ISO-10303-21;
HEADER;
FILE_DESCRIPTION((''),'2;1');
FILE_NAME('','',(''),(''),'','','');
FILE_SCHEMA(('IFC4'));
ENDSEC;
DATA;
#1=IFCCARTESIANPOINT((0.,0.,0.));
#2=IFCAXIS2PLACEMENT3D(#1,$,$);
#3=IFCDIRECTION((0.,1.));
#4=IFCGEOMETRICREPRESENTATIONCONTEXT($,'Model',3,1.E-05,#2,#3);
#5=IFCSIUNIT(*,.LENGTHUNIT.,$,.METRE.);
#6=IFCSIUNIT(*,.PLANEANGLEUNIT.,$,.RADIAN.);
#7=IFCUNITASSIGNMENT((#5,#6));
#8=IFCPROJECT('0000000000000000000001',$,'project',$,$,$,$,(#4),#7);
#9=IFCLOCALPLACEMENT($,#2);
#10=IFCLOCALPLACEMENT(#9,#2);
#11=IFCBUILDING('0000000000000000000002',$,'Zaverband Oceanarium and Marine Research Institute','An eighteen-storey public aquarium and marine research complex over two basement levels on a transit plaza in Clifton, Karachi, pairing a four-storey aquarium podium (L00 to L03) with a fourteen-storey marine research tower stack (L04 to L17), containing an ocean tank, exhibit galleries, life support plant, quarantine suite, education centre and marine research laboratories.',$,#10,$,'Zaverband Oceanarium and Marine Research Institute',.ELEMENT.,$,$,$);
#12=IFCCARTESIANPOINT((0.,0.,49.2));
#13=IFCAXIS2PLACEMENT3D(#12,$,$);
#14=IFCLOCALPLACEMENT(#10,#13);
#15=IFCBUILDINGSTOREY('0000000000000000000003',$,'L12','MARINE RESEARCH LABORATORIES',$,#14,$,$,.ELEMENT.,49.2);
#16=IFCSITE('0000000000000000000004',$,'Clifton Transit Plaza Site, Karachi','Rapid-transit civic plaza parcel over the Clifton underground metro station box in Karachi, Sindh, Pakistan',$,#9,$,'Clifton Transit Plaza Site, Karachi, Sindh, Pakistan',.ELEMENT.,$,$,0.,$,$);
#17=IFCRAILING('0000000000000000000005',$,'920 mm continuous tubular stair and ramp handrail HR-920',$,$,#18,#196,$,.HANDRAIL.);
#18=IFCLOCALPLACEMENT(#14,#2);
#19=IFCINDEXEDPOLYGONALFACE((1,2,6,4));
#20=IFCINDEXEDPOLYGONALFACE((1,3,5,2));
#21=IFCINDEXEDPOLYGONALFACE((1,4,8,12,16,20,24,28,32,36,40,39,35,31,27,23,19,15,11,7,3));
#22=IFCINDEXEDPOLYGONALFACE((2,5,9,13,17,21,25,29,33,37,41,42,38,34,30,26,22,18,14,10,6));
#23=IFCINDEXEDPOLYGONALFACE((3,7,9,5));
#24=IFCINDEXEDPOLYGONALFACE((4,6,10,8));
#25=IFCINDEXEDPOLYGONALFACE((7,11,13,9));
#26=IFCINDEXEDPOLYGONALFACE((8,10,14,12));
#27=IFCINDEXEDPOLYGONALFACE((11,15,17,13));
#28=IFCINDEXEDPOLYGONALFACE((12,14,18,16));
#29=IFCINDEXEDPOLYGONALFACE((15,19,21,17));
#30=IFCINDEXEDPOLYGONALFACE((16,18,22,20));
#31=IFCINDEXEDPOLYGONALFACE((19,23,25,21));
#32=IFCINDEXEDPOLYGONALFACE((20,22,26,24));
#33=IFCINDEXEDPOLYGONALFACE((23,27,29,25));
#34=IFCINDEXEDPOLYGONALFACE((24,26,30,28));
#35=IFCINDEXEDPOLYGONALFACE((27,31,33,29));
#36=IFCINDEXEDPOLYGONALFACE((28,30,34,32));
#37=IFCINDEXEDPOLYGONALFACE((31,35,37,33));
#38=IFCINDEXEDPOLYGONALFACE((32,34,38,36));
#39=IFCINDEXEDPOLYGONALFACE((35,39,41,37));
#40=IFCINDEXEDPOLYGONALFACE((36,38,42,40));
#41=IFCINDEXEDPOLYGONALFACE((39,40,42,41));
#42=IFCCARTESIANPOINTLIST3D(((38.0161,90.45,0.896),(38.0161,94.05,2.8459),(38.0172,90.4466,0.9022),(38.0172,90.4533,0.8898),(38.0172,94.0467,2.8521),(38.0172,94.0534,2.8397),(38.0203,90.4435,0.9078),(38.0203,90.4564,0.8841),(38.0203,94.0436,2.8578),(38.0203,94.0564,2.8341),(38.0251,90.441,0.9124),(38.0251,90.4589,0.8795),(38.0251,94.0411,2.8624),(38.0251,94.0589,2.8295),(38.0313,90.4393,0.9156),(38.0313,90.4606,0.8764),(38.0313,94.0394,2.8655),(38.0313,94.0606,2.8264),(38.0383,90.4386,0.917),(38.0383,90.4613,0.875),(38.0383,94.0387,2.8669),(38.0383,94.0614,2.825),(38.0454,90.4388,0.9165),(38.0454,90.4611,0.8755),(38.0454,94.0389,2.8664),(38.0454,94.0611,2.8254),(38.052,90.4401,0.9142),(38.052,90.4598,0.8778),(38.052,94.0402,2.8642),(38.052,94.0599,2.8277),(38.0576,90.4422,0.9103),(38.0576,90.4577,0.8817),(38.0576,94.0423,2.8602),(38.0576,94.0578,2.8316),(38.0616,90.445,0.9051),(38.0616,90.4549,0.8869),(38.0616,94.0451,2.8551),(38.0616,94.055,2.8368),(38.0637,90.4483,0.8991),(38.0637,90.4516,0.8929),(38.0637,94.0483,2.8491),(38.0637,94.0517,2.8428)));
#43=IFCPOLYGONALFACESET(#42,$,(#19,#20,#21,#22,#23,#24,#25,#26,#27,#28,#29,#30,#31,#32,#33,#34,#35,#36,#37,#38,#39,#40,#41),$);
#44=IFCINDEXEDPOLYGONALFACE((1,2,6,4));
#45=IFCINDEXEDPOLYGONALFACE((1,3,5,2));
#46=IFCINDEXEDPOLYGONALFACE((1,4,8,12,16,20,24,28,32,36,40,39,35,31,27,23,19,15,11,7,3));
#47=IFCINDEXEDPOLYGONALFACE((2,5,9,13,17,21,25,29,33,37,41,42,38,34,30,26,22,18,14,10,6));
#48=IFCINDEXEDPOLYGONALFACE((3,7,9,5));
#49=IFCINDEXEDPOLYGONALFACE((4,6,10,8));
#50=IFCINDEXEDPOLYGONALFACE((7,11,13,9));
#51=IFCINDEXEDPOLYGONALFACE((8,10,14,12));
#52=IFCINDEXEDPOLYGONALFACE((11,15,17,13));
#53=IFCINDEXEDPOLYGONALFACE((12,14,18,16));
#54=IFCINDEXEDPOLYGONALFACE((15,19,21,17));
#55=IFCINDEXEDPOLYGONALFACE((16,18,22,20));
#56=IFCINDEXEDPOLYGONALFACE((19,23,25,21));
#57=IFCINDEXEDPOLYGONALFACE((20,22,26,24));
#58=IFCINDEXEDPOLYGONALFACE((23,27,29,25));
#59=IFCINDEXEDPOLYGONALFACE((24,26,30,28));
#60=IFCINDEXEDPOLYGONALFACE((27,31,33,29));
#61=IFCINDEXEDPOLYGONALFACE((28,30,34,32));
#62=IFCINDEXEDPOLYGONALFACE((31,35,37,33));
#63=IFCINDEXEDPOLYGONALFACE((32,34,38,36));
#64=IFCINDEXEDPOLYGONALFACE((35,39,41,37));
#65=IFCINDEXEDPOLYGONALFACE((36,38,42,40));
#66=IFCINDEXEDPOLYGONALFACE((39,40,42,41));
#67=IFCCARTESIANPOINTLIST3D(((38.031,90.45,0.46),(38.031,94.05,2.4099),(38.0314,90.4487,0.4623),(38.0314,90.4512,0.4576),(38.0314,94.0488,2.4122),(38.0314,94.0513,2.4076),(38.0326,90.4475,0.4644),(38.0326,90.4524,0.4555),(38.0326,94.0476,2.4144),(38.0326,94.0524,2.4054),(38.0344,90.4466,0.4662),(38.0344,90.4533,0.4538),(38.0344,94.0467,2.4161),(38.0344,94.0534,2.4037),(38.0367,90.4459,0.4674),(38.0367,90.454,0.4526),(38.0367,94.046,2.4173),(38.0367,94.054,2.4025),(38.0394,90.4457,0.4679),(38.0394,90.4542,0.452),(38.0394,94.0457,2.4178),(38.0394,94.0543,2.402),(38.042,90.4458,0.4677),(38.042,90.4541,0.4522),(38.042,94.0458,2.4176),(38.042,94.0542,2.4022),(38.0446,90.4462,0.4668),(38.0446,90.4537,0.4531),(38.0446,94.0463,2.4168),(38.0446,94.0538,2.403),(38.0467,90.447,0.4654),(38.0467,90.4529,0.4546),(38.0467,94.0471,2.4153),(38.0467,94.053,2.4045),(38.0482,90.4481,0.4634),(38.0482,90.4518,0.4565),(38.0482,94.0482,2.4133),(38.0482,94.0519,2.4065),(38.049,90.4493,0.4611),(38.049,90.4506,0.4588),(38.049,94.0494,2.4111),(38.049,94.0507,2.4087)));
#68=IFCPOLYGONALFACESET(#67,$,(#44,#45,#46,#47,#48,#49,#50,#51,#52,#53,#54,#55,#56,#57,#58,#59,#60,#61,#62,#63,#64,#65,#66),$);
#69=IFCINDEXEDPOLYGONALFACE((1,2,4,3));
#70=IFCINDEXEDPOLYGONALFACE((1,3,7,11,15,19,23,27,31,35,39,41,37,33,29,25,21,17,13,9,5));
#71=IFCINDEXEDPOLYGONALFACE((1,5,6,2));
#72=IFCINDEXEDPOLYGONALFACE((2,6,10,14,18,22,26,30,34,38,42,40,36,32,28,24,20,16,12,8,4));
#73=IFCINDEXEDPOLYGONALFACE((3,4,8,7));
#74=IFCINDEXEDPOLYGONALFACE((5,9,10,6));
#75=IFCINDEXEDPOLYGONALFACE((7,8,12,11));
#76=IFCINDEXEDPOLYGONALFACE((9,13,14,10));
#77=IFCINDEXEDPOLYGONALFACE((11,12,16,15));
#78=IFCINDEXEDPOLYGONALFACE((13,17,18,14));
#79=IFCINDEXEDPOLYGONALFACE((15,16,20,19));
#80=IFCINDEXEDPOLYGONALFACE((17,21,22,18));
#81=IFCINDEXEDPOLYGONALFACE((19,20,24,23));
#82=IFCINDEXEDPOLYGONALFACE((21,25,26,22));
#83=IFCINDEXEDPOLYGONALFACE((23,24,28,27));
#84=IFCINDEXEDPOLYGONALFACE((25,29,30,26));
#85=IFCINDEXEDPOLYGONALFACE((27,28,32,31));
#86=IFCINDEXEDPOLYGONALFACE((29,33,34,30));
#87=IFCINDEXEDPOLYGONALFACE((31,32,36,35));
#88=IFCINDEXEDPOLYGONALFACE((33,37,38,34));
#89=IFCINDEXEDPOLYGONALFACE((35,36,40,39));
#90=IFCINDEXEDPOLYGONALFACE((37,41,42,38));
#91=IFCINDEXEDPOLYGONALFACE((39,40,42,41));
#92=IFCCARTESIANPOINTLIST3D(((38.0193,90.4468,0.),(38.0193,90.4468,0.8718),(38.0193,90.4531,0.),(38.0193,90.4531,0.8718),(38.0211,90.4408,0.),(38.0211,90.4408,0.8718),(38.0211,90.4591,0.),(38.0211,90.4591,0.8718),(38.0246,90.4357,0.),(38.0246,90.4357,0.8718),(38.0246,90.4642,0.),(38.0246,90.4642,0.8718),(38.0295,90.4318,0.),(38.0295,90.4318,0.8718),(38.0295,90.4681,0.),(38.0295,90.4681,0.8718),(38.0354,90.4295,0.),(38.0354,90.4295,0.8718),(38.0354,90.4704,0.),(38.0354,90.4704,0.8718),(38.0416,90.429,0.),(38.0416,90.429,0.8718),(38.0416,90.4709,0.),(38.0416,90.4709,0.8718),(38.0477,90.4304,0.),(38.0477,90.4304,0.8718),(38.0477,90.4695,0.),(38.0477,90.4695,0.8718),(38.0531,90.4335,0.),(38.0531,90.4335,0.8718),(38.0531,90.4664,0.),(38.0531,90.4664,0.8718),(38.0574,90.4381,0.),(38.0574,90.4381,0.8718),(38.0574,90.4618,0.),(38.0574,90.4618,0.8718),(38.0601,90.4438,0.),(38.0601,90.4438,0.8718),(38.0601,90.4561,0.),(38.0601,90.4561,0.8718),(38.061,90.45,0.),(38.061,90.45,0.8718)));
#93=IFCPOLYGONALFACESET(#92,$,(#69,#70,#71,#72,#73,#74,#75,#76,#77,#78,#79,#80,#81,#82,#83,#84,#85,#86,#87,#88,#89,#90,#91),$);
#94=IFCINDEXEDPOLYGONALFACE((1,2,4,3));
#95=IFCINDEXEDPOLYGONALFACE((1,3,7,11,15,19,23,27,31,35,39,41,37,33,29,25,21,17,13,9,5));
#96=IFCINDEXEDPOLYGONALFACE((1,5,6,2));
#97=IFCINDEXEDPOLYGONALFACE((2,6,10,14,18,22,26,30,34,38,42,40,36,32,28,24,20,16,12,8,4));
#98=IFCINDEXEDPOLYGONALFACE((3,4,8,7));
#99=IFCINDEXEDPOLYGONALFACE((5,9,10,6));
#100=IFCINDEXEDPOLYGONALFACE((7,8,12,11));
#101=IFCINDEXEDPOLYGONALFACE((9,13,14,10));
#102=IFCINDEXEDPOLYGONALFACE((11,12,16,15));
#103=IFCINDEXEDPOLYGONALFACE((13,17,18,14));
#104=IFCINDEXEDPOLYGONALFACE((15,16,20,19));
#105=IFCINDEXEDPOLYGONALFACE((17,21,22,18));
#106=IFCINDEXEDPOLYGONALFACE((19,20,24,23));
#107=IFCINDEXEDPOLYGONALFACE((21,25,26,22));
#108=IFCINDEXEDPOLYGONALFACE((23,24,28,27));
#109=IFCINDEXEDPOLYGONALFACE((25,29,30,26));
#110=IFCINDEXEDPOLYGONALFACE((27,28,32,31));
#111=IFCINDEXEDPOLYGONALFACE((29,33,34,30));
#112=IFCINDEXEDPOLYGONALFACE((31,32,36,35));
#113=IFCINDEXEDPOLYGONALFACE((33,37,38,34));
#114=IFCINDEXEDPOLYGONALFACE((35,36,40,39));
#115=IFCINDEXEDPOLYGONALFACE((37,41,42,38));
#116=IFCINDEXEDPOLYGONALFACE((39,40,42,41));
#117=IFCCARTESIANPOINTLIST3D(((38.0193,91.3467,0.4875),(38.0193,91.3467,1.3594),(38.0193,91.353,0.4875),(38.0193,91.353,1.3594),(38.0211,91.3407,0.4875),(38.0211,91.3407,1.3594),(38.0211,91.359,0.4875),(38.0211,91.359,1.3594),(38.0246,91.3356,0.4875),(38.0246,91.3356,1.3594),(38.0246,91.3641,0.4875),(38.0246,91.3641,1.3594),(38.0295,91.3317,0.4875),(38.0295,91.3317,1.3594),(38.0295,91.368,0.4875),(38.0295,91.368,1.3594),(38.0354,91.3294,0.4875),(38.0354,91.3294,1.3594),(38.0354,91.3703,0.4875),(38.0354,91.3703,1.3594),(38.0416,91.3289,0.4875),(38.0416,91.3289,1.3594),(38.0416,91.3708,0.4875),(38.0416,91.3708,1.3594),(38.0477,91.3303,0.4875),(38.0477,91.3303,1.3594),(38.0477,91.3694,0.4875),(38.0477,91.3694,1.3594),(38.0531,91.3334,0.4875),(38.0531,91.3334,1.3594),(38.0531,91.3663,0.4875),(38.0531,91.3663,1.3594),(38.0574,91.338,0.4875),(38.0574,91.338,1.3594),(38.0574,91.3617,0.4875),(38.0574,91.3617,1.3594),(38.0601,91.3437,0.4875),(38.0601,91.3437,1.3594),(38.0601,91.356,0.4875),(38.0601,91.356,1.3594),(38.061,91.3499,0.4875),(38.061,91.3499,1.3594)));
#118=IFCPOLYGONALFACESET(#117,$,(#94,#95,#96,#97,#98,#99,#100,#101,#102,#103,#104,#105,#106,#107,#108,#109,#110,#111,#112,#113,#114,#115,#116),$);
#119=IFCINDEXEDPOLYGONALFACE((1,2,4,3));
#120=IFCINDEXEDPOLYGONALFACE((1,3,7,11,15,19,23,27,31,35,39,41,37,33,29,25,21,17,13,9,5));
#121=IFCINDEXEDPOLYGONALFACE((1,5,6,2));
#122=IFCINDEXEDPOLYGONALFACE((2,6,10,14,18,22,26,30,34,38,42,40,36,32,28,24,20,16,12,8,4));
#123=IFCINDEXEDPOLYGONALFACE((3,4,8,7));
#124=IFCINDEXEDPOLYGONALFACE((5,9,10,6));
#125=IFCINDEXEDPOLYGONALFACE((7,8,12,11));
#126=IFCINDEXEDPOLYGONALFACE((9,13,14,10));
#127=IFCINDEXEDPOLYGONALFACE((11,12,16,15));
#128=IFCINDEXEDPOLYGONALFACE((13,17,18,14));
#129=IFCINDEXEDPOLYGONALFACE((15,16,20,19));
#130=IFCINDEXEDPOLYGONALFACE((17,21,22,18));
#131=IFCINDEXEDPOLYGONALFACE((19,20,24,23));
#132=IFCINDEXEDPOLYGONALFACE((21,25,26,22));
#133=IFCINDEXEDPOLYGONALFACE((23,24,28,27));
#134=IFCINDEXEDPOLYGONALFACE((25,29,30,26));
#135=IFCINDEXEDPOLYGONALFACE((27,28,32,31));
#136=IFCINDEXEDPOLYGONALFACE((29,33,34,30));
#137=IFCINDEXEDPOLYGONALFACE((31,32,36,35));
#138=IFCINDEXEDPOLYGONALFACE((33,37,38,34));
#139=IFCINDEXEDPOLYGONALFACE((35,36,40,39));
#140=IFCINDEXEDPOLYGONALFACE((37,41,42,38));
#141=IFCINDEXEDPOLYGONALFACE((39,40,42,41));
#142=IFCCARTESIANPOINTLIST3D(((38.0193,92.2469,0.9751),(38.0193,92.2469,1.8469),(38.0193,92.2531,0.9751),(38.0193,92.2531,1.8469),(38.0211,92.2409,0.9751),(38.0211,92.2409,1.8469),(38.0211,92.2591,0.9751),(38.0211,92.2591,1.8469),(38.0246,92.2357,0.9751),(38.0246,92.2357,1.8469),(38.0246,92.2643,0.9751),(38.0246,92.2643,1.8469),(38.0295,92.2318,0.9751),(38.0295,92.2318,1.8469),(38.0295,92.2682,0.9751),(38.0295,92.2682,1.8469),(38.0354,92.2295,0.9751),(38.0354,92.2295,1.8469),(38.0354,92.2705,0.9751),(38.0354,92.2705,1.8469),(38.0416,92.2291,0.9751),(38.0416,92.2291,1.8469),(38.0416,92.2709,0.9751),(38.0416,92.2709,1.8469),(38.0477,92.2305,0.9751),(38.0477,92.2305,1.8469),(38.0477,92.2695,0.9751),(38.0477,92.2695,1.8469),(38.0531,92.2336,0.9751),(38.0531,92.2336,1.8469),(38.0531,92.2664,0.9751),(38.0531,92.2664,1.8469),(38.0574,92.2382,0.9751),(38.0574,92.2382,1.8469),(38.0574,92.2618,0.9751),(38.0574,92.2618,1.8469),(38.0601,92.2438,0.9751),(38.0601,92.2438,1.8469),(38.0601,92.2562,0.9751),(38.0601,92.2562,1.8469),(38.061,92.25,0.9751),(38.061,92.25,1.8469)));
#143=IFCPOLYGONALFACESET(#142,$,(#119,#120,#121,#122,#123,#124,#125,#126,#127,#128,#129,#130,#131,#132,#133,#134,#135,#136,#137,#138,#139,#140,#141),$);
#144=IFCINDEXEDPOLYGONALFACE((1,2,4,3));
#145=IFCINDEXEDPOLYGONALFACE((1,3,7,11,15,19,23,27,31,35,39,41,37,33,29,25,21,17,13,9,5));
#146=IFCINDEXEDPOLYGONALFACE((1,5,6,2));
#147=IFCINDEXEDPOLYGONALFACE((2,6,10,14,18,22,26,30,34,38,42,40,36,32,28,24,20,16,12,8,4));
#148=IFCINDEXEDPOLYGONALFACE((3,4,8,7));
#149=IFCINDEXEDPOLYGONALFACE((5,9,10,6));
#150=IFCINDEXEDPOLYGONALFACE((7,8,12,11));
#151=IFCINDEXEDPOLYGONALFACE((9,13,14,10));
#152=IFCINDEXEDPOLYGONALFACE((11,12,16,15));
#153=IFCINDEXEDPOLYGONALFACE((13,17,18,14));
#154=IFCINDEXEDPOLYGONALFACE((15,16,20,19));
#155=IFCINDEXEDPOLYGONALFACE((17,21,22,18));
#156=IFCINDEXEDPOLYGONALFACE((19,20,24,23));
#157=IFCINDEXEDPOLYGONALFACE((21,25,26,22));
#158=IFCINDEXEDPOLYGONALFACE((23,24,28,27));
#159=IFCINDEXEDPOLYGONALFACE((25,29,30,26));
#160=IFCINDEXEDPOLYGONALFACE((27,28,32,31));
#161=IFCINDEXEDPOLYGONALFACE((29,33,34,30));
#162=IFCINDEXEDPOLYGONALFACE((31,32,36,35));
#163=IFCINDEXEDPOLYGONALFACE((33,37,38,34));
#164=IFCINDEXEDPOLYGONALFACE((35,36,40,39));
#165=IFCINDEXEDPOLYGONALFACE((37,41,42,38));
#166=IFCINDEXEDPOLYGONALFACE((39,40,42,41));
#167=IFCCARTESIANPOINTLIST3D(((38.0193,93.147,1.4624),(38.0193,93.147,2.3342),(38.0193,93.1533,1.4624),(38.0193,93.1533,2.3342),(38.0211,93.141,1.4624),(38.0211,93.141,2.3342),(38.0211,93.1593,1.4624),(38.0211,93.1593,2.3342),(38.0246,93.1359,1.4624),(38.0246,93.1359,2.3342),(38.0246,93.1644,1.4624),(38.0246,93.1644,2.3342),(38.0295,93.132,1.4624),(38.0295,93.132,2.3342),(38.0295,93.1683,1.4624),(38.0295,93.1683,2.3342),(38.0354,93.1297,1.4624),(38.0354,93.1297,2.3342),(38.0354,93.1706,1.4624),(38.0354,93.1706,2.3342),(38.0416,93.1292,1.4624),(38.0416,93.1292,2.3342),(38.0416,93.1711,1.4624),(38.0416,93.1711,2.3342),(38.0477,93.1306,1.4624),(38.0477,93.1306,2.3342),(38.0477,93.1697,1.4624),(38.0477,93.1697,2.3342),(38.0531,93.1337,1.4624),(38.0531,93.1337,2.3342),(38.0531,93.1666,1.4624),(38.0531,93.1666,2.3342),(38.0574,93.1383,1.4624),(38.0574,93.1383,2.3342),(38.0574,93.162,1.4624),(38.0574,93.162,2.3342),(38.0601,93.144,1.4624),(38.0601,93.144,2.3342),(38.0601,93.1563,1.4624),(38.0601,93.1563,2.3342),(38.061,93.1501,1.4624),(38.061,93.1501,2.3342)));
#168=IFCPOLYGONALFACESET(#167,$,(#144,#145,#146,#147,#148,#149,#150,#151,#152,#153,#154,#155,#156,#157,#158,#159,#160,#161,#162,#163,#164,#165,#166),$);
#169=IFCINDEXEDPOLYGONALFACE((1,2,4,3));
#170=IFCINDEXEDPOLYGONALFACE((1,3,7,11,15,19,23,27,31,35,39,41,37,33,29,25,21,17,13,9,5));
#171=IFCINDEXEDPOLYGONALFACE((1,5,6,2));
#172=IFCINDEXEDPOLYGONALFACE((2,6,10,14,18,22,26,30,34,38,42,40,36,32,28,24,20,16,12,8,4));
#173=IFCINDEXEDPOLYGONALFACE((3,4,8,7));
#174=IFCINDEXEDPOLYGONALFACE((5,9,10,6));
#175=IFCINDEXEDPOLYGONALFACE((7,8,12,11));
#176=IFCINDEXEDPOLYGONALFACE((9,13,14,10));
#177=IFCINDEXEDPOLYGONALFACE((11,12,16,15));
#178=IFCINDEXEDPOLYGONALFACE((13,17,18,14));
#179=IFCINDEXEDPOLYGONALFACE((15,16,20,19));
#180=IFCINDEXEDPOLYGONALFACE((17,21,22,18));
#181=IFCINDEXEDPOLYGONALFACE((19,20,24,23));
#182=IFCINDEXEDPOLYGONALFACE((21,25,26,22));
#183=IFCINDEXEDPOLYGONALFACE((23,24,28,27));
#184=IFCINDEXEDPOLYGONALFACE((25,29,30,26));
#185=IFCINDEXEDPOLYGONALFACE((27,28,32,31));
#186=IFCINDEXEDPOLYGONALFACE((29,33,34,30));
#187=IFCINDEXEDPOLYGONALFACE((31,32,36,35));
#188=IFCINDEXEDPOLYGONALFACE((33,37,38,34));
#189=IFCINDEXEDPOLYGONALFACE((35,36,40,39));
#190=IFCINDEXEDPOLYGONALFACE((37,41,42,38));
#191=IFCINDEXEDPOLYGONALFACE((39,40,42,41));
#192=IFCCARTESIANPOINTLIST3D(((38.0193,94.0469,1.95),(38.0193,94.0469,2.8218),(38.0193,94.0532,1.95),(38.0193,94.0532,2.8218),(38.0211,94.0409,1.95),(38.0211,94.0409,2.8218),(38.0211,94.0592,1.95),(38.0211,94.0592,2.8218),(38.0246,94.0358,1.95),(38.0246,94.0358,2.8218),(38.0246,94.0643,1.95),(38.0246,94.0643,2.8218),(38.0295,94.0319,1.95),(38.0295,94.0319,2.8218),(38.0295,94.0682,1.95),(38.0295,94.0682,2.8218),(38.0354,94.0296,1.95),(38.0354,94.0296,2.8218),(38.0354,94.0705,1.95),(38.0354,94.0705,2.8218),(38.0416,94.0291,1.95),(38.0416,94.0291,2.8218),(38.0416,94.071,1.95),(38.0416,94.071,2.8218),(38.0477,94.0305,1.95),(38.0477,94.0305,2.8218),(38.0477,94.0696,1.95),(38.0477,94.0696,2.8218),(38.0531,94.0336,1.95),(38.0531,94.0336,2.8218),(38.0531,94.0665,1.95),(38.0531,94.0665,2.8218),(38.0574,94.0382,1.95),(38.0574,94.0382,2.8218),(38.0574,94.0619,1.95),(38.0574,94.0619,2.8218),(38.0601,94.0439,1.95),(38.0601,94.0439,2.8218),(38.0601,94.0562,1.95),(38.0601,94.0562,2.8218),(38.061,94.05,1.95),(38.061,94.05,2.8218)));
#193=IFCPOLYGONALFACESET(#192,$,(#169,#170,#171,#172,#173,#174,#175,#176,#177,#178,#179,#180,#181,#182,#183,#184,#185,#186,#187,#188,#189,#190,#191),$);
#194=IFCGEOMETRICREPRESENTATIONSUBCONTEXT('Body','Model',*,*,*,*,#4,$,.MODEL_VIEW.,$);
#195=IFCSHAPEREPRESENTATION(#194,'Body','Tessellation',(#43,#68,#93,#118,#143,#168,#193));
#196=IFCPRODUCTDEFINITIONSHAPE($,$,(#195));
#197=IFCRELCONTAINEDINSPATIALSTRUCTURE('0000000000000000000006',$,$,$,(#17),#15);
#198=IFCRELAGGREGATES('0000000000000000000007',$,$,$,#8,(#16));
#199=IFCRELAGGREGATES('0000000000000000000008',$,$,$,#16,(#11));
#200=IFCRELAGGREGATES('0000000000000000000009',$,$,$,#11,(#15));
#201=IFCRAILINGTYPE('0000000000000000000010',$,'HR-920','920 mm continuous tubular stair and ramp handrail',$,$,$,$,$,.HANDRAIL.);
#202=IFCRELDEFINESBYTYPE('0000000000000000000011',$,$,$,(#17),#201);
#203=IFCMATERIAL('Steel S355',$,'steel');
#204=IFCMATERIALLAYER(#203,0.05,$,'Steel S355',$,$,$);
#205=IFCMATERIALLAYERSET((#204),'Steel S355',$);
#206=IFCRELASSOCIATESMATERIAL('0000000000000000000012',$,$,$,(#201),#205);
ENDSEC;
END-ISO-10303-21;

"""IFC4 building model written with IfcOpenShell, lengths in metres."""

from ifc_helpers import new_model, si_unit, direction, frame, origin, origin_2d, place, context, subcontext, project, spatial, circle, extrude, material, layer, layer_set, type_object, element, save


model = new_model("IFC4")

# Units and contexts
model_context = context("Model", 3, precision=1e-05, world=origin(), true_north=direction((0.0, 1.0)))
body_context = subcontext(model_context, "Body", "Model", "MODEL_VIEW")
ifc_project = project(units=[si_unit("LENGTHUNIT", "METRE"), si_unit("PLANEANGLEUNIT", "RADIAN")], contexts=[model_context])

# Site, building, storey
site_placement = place(None, origin())
site = spatial("IfcSite", under=ifc_project, at=site_placement, Name="Clifton Transit Plaza Site, Karachi", Description="Rapid-transit civic plaza parcel over the Clifton underground metro station box in Karachi, Sindh, Pakistan", LongName="Clifton Transit Plaza Site, Karachi, Sindh, Pakistan", CompositionType="ELEMENT", RefElevation=0.0)
building_placement = place(site_placement, origin())
building = spatial("IfcBuilding", under=site, at=building_placement, Name="Zaverband Oceanarium and Marine Research Institute", Description="An eighteen-storey public aquarium and marine research complex over two basement levels on a transit plaza in Clifton, Karachi, pairing a four-storey aquarium podium (L00 to L03) with a fourteen-storey marine research tower stack (L04 to L17), containing an ocean tank, exhibit galleries, life support plant, quarantine suite, education centre and marine research laboratories.", LongName="Zaverband Oceanarium and Marine Research Institute", CompositionType="ELEMENT")
storey_placement = place(building_placement, frame((0.0, 0.0, 49.2)))
storey = spatial("IfcBuildingStorey", under=building, at=storey_placement, Name="L12", Description="MARINE RESEARCH LABORATORIES", CompositionType="ELEMENT", Elevation=49.2)

# Shared definitions
ifc_material_1 = material(Name="Steel S355", Category="steel")

# Railing
ifc_layer_1 = layer(ifc_material_1, 0.05, Name="Steel S355")
ifc_layer_set_1 = layer_set([ifc_layer_1], Name="Steel S355")
railing_type_1 = type_object("IfcRailingType", Name="HR-920", Description="920 mm continuous tubular stair and ramp handrail", PredefinedType="HANDRAIL", material=ifc_layer_set_1)
railing_1_placement = place(storey_placement, frame((38.04, 90.45, 0.0)))
element("IfcRailing", 1, at=railing_1_placement, inside=storey, type_object=railing_type_1, Name="920 mm continuous tubular stair and ramp handrail HR-920", PredefinedType="HANDRAIL", context=body_context, shape_type="SweptSolid", body=[
    extrude(circle(Radius=0.0239, at=origin_2d()), frame((0.0, 0.0, 0.896), z_axis=(0.0, 0.879302, 0.476264), x_axis=(-1.0, 0.0, 0.0)), (0.0, 0.0, 1.0), 4.0942),
    extrude(circle(Radius=0.009, at=origin_2d()), frame((0.0, 0.0, 0.46), z_axis=(0.0, 0.879302, 0.476264), x_axis=(-1.0, 0.0, 0.0)), (0.0, 0.0, 1.0), 4.0942),
    extrude(circle(Radius=0.021, at=origin_2d()), origin(), (0.0, 0.0, 1.0), 0.8718),
    extrude(circle(Radius=0.021, at=origin_2d()), frame((0.0, 0.8999, 0.4875)), (0.0, 0.0, 1.0), 0.8718),
    extrude(circle(Radius=0.021, at=origin_2d()), frame((0.0, 1.8, 0.9751)), (0.0, 0.0, 1.0), 0.8718),
    extrude(circle(Radius=0.021, at=origin_2d()), frame((0.0, 2.7002, 1.4624)), (0.0, 0.0, 1.0), 0.8718),
    extrude(circle(Radius=0.021, at=origin_2d()), frame((0.0, 3.6001, 1.95)), (0.0, 0.0, 1.0), 0.8718),
])

save(model, "model.ifc")
